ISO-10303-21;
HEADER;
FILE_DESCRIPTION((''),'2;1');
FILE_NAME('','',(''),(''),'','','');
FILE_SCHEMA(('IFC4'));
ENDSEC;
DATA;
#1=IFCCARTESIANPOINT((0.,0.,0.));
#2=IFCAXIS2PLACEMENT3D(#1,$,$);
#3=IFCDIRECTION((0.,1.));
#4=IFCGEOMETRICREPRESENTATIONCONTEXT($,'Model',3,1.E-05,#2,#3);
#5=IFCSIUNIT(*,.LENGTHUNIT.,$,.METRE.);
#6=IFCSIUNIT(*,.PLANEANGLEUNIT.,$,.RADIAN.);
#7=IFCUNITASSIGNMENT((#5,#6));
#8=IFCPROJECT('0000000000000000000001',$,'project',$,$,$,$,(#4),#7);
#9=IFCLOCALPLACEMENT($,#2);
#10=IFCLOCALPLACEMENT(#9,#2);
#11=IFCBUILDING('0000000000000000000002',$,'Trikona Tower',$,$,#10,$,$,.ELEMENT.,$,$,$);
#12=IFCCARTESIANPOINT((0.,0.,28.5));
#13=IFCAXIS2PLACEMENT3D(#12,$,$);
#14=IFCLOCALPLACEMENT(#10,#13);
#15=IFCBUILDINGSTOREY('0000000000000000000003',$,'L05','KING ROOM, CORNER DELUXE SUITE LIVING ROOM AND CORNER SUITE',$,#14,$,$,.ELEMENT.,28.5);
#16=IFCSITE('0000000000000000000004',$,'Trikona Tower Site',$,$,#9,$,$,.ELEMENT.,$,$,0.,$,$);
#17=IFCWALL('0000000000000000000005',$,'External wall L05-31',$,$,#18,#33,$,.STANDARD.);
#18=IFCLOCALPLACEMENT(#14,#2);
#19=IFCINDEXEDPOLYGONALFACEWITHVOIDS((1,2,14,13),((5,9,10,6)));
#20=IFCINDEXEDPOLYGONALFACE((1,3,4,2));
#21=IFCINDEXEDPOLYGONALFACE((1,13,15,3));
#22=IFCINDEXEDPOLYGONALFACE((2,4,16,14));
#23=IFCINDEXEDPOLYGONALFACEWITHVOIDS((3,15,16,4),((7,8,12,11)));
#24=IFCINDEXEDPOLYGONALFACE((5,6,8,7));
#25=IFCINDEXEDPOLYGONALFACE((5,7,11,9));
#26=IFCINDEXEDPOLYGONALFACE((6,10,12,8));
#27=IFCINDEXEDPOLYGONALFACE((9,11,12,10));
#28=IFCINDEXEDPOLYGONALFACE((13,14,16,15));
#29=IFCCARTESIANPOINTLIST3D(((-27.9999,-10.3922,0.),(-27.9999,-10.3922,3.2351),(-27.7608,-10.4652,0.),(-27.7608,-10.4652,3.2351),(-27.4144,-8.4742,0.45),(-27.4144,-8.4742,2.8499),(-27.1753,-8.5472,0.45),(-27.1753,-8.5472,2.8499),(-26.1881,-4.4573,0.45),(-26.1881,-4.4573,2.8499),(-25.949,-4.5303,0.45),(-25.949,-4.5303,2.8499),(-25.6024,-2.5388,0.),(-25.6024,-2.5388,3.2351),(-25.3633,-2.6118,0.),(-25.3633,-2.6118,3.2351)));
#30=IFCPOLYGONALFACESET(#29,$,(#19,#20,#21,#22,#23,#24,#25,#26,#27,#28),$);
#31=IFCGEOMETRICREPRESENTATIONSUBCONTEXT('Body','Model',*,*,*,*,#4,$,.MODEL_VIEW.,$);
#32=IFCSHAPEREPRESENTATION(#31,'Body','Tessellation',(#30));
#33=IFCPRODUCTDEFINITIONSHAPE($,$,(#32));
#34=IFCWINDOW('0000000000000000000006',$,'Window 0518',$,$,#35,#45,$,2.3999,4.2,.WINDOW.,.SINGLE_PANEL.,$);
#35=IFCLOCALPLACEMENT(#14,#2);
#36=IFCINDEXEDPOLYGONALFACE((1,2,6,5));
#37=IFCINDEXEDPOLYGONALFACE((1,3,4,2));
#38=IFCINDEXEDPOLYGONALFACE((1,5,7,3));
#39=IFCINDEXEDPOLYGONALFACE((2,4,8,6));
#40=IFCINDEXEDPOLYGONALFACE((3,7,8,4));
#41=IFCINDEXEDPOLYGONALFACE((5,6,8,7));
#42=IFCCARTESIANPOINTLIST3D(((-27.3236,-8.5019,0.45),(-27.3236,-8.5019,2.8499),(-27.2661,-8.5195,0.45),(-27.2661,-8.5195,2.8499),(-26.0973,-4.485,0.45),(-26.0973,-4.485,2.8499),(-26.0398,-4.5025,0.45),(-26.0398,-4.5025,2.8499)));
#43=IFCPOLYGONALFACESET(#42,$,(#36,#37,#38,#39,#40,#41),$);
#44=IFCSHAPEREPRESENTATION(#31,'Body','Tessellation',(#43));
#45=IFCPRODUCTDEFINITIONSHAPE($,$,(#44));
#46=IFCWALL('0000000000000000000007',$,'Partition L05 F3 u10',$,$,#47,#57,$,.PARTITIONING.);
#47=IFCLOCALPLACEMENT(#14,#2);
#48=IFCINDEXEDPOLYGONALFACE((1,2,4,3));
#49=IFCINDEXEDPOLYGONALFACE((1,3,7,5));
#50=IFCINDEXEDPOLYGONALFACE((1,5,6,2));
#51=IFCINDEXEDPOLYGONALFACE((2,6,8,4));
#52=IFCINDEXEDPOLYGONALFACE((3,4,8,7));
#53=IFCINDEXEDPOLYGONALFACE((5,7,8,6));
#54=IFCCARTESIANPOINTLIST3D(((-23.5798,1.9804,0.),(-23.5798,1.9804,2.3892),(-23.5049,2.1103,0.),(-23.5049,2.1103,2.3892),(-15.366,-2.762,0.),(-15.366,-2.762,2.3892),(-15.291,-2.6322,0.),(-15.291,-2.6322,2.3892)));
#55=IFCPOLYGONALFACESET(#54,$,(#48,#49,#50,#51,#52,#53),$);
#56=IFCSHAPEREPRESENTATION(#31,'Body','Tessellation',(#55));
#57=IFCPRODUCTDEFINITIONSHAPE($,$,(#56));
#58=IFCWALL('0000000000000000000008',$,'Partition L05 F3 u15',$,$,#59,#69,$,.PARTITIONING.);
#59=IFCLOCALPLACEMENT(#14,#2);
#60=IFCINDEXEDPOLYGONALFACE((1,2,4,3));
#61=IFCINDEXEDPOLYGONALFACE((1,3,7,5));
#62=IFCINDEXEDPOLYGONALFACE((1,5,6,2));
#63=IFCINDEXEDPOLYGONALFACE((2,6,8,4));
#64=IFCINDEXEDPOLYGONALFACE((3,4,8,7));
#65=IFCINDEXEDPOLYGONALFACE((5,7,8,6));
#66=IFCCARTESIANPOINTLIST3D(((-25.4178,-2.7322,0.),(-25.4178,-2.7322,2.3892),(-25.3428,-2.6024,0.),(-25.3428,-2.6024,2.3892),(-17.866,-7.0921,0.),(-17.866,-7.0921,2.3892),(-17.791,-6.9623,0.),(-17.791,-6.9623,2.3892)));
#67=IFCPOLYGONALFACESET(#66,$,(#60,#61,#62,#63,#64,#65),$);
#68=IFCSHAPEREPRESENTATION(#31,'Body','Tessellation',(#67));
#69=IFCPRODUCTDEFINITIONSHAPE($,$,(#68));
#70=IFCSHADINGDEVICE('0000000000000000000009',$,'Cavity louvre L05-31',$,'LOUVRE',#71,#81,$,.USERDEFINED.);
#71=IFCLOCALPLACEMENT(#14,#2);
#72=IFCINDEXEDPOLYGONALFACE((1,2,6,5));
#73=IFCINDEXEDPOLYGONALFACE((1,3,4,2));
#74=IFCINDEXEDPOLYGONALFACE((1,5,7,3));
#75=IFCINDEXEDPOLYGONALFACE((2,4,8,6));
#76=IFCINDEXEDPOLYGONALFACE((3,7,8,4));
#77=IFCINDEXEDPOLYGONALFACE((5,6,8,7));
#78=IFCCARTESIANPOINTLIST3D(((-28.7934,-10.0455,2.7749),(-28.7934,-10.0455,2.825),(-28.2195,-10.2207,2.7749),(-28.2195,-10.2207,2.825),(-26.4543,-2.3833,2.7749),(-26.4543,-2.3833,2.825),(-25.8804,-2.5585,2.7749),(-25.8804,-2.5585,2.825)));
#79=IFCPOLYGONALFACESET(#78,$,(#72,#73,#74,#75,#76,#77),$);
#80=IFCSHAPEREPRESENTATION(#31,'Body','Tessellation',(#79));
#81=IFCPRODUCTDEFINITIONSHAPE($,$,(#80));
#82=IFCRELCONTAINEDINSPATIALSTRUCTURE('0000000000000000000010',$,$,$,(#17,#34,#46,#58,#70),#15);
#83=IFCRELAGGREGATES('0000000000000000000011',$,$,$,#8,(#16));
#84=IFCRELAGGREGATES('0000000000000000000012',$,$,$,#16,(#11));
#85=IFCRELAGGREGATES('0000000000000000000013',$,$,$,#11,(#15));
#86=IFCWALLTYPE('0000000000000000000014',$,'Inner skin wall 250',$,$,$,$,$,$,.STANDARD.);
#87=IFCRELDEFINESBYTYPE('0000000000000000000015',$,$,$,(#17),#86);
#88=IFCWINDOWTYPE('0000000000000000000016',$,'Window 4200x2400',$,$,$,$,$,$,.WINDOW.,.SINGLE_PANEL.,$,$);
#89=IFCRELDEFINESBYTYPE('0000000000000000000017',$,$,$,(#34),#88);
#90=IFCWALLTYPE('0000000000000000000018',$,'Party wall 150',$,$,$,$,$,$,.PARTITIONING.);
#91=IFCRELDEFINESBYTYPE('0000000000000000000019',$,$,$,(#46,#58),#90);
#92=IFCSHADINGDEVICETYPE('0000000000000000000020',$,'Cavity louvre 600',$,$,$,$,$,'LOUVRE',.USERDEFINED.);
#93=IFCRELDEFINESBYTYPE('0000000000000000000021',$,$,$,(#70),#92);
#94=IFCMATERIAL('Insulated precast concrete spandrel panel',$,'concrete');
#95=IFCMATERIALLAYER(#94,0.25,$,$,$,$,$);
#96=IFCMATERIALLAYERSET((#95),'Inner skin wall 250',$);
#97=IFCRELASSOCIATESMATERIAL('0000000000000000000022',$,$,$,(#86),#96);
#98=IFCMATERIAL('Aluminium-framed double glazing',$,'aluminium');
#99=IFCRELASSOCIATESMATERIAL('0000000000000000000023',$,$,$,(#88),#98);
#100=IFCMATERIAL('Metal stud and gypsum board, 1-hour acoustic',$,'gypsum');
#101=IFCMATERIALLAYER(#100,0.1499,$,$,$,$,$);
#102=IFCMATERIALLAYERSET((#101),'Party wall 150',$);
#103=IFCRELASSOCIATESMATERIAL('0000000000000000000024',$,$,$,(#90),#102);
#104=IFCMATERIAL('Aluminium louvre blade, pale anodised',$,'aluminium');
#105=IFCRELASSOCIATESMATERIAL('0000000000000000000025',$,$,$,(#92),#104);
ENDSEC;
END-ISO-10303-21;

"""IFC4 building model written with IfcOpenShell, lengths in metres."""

from ifc_helpers import new_model, si_unit, direction, frame, frame_2d, origin, origin_2d, place, context, subcontext, project, spatial, rectangle, extrude, material, layer, layer_set, type_object, element, fill, save


model = new_model("IFC4")

# Units and contexts
model_context = context("Model", 3, precision=1e-05, world=origin(), true_north=direction((0.0, 1.0)))
body_context = subcontext(model_context, "Body", "Model", "MODEL_VIEW")
ifc_project = project(units=[si_unit("LENGTHUNIT", "METRE"), si_unit("PLANEANGLEUNIT", "RADIAN")], contexts=[model_context])

# Site, building, storey
site_placement = place(None, origin())
site = spatial("IfcSite", under=ifc_project, at=site_placement, Name="Trikona Tower Site", CompositionType="ELEMENT", RefElevation=0.0)
building_placement = place(site_placement, origin())
building = spatial("IfcBuilding", under=site, at=building_placement, Name="Trikona Tower", CompositionType="ELEMENT")
storey_placement = place(building_placement, frame((0.0, 0.0, 28.5)))
storey = spatial("IfcBuildingStorey", under=building, at=storey_placement, Name="L05", Description="KING ROOM, CORNER DELUXE SUITE LIVING ROOM AND CORNER SUITE", CompositionType="ELEMENT", Elevation=28.5)

# Wall, opening, window
ifc_material_1 = material(Name="Insulated precast concrete spandrel panel", Category="concrete")
ifc_layer_1 = layer(ifc_material_1, 0.25)
ifc_layer_set_1 = layer_set([ifc_layer_1], Name="Inner skin wall 250")
wall_type_1 = type_object("IfcWallType", Name="Inner skin wall 250", PredefinedType="STANDARD", material=ifc_layer_set_1)
wall_1_placement = place(storey_placement, frame((-25.4829, -2.5754, 0.0), z_axis=(0.0, 0.0, 1.0), x_axis=(-0.291979, -0.956425, 0.0)))
wall_1 = element("IfcWall", 1, at=wall_1_placement, inside=storey, type_object=wall_type_1, Name="External wall L05-31", PredefinedType="STANDARD", context=body_context, shape_type="SweptSolid", body=[
    extrude(rectangle(XDim=8.2112, YDim=0.25, at=frame_2d((4.1055, 0.0))), origin(), (0.0, 0.0, 1.0), 3.2351),
])
opening_1_placement = place(wall_1_placement, frame((2.0056, 0.0, 0.45)))
opening_1 = element("IfcOpeningElement", 2, at=opening_1_placement, cuts=wall_1, PredefinedType="OPENING", context=body_context, shape_type="SweptSolid", body=[
    extrude(rectangle(XDim=4.2, YDim=2.3999, at=frame_2d((2.1001, 1.2))), frame((0.0, 0.135, 0.0), z_axis=(0.0, -1.0, 0.0), x_axis=(1.0, 0.0, 0.0)), (0.0, 0.0, 1.0), 0.27),
])
ifc_material_2 = material(Name="Aluminium-framed double glazing", Category="aluminium")
window_type_1 = type_object("IfcWindowType", Name="Window 4200x2400", PartitioningType="SINGLE_PANEL", PredefinedType="WINDOW", material=ifc_material_2)
window_1_placement = place(opening_1_placement, origin())
window_1 = element("IfcWindow", 3, at=window_1_placement, inside=storey, type_object=window_type_1, Name="Window 0518", OverallHeight=2.3999, OverallWidth=4.2, PartitioningType="SINGLE_PANEL", PredefinedType="WINDOW", context=body_context, shape_type="SweptSolid", body=[
    extrude(rectangle(XDim=4.2, YDim=2.3999, at=frame_2d((2.1001, 1.2))), frame((0.0, 0.03, 0.0), z_axis=(0.0, -1.0, 0.0), x_axis=(1.0, 0.0, 0.0)), (0.0, 0.0, 1.0), 0.0601),
])
fill(opening_1, window_1)

# Walls
ifc_material_3 = material(Name="Metal stud and gypsum board, 1-hour acoustic", Category="gypsum")
ifc_layer_2 = layer(ifc_material_3, 0.1499)
ifc_layer_set_2 = layer_set([ifc_layer_2], Name="Party wall 150")
wall_type_2 = type_object("IfcWallType", Name="Party wall 150", PredefinedType="PARTITIONING", material=ifc_layer_set_2)
wall_2_placement = place(storey_placement, frame((-15.3286, -2.697, 0.0), z_axis=(0.0, 0.0, 1.0), x_axis=(-0.866018, 0.500012, 0.0)))
element("IfcWall", 4, at=wall_2_placement, inside=storey, type_object=wall_type_2, Name="Partition L05 F3 u10", PredefinedType="PARTITIONING", context=body_context, shape_type="SweptSolid", body=[
    extrude(rectangle(XDim=9.4846, YDim=0.1499, at=frame_2d((4.7422, 0.0))), origin(), (0.0, 0.0, 1.0), 2.3892),
])
wall_3_placement = place(storey_placement, frame((-17.8286, -7.0271, 0.0), z_axis=(0.0, 0.0, 1.0), x_axis=(-0.866033, 0.499987, 0.0)))
element("IfcWall", 5, at=wall_3_placement, inside=storey, type_object=wall_type_2, Name="Partition L05 F3 u15", PredefinedType="PARTITIONING", context=body_context, shape_type="SweptSolid", body=[
    extrude(rectangle(XDim=8.72, YDim=0.1499, at=frame_2d((4.3599, 0.0))), origin(), (0.0, 0.0, 1.0), 2.3892),
])

# Shading device
ifc_material_4 = material(Name="Aluminium louvre blade, pale anodised", Category="aluminium")
shading_device_type = type_object("IfcShadingDeviceType", Name="Cavity louvre 600", ElementType="LOUVRE", PredefinedType="USERDEFINED", material=ifc_material_4)
shading_device_placement = place(storey_placement, frame((-27.3369, -6.302, 2.7749), z_axis=(0.0, 0.0, 1.0), x_axis=(-0.291979, -0.956425, 0.0)))
element("IfcShadingDevice", 6, at=shading_device_placement, inside=storey, type_object=shading_device_type, Name="Cavity louvre L05-31", ObjectType="LOUVRE", PredefinedType="USERDEFINED", context=body_context, shape_type="SweptSolid", body=[
    extrude(rectangle(XDim=8.0112, YDim=0.6001, at=origin_2d()), origin(), (0.0, 0.0, 1.0), 0.05),
])

save(model, "model.ifc")
